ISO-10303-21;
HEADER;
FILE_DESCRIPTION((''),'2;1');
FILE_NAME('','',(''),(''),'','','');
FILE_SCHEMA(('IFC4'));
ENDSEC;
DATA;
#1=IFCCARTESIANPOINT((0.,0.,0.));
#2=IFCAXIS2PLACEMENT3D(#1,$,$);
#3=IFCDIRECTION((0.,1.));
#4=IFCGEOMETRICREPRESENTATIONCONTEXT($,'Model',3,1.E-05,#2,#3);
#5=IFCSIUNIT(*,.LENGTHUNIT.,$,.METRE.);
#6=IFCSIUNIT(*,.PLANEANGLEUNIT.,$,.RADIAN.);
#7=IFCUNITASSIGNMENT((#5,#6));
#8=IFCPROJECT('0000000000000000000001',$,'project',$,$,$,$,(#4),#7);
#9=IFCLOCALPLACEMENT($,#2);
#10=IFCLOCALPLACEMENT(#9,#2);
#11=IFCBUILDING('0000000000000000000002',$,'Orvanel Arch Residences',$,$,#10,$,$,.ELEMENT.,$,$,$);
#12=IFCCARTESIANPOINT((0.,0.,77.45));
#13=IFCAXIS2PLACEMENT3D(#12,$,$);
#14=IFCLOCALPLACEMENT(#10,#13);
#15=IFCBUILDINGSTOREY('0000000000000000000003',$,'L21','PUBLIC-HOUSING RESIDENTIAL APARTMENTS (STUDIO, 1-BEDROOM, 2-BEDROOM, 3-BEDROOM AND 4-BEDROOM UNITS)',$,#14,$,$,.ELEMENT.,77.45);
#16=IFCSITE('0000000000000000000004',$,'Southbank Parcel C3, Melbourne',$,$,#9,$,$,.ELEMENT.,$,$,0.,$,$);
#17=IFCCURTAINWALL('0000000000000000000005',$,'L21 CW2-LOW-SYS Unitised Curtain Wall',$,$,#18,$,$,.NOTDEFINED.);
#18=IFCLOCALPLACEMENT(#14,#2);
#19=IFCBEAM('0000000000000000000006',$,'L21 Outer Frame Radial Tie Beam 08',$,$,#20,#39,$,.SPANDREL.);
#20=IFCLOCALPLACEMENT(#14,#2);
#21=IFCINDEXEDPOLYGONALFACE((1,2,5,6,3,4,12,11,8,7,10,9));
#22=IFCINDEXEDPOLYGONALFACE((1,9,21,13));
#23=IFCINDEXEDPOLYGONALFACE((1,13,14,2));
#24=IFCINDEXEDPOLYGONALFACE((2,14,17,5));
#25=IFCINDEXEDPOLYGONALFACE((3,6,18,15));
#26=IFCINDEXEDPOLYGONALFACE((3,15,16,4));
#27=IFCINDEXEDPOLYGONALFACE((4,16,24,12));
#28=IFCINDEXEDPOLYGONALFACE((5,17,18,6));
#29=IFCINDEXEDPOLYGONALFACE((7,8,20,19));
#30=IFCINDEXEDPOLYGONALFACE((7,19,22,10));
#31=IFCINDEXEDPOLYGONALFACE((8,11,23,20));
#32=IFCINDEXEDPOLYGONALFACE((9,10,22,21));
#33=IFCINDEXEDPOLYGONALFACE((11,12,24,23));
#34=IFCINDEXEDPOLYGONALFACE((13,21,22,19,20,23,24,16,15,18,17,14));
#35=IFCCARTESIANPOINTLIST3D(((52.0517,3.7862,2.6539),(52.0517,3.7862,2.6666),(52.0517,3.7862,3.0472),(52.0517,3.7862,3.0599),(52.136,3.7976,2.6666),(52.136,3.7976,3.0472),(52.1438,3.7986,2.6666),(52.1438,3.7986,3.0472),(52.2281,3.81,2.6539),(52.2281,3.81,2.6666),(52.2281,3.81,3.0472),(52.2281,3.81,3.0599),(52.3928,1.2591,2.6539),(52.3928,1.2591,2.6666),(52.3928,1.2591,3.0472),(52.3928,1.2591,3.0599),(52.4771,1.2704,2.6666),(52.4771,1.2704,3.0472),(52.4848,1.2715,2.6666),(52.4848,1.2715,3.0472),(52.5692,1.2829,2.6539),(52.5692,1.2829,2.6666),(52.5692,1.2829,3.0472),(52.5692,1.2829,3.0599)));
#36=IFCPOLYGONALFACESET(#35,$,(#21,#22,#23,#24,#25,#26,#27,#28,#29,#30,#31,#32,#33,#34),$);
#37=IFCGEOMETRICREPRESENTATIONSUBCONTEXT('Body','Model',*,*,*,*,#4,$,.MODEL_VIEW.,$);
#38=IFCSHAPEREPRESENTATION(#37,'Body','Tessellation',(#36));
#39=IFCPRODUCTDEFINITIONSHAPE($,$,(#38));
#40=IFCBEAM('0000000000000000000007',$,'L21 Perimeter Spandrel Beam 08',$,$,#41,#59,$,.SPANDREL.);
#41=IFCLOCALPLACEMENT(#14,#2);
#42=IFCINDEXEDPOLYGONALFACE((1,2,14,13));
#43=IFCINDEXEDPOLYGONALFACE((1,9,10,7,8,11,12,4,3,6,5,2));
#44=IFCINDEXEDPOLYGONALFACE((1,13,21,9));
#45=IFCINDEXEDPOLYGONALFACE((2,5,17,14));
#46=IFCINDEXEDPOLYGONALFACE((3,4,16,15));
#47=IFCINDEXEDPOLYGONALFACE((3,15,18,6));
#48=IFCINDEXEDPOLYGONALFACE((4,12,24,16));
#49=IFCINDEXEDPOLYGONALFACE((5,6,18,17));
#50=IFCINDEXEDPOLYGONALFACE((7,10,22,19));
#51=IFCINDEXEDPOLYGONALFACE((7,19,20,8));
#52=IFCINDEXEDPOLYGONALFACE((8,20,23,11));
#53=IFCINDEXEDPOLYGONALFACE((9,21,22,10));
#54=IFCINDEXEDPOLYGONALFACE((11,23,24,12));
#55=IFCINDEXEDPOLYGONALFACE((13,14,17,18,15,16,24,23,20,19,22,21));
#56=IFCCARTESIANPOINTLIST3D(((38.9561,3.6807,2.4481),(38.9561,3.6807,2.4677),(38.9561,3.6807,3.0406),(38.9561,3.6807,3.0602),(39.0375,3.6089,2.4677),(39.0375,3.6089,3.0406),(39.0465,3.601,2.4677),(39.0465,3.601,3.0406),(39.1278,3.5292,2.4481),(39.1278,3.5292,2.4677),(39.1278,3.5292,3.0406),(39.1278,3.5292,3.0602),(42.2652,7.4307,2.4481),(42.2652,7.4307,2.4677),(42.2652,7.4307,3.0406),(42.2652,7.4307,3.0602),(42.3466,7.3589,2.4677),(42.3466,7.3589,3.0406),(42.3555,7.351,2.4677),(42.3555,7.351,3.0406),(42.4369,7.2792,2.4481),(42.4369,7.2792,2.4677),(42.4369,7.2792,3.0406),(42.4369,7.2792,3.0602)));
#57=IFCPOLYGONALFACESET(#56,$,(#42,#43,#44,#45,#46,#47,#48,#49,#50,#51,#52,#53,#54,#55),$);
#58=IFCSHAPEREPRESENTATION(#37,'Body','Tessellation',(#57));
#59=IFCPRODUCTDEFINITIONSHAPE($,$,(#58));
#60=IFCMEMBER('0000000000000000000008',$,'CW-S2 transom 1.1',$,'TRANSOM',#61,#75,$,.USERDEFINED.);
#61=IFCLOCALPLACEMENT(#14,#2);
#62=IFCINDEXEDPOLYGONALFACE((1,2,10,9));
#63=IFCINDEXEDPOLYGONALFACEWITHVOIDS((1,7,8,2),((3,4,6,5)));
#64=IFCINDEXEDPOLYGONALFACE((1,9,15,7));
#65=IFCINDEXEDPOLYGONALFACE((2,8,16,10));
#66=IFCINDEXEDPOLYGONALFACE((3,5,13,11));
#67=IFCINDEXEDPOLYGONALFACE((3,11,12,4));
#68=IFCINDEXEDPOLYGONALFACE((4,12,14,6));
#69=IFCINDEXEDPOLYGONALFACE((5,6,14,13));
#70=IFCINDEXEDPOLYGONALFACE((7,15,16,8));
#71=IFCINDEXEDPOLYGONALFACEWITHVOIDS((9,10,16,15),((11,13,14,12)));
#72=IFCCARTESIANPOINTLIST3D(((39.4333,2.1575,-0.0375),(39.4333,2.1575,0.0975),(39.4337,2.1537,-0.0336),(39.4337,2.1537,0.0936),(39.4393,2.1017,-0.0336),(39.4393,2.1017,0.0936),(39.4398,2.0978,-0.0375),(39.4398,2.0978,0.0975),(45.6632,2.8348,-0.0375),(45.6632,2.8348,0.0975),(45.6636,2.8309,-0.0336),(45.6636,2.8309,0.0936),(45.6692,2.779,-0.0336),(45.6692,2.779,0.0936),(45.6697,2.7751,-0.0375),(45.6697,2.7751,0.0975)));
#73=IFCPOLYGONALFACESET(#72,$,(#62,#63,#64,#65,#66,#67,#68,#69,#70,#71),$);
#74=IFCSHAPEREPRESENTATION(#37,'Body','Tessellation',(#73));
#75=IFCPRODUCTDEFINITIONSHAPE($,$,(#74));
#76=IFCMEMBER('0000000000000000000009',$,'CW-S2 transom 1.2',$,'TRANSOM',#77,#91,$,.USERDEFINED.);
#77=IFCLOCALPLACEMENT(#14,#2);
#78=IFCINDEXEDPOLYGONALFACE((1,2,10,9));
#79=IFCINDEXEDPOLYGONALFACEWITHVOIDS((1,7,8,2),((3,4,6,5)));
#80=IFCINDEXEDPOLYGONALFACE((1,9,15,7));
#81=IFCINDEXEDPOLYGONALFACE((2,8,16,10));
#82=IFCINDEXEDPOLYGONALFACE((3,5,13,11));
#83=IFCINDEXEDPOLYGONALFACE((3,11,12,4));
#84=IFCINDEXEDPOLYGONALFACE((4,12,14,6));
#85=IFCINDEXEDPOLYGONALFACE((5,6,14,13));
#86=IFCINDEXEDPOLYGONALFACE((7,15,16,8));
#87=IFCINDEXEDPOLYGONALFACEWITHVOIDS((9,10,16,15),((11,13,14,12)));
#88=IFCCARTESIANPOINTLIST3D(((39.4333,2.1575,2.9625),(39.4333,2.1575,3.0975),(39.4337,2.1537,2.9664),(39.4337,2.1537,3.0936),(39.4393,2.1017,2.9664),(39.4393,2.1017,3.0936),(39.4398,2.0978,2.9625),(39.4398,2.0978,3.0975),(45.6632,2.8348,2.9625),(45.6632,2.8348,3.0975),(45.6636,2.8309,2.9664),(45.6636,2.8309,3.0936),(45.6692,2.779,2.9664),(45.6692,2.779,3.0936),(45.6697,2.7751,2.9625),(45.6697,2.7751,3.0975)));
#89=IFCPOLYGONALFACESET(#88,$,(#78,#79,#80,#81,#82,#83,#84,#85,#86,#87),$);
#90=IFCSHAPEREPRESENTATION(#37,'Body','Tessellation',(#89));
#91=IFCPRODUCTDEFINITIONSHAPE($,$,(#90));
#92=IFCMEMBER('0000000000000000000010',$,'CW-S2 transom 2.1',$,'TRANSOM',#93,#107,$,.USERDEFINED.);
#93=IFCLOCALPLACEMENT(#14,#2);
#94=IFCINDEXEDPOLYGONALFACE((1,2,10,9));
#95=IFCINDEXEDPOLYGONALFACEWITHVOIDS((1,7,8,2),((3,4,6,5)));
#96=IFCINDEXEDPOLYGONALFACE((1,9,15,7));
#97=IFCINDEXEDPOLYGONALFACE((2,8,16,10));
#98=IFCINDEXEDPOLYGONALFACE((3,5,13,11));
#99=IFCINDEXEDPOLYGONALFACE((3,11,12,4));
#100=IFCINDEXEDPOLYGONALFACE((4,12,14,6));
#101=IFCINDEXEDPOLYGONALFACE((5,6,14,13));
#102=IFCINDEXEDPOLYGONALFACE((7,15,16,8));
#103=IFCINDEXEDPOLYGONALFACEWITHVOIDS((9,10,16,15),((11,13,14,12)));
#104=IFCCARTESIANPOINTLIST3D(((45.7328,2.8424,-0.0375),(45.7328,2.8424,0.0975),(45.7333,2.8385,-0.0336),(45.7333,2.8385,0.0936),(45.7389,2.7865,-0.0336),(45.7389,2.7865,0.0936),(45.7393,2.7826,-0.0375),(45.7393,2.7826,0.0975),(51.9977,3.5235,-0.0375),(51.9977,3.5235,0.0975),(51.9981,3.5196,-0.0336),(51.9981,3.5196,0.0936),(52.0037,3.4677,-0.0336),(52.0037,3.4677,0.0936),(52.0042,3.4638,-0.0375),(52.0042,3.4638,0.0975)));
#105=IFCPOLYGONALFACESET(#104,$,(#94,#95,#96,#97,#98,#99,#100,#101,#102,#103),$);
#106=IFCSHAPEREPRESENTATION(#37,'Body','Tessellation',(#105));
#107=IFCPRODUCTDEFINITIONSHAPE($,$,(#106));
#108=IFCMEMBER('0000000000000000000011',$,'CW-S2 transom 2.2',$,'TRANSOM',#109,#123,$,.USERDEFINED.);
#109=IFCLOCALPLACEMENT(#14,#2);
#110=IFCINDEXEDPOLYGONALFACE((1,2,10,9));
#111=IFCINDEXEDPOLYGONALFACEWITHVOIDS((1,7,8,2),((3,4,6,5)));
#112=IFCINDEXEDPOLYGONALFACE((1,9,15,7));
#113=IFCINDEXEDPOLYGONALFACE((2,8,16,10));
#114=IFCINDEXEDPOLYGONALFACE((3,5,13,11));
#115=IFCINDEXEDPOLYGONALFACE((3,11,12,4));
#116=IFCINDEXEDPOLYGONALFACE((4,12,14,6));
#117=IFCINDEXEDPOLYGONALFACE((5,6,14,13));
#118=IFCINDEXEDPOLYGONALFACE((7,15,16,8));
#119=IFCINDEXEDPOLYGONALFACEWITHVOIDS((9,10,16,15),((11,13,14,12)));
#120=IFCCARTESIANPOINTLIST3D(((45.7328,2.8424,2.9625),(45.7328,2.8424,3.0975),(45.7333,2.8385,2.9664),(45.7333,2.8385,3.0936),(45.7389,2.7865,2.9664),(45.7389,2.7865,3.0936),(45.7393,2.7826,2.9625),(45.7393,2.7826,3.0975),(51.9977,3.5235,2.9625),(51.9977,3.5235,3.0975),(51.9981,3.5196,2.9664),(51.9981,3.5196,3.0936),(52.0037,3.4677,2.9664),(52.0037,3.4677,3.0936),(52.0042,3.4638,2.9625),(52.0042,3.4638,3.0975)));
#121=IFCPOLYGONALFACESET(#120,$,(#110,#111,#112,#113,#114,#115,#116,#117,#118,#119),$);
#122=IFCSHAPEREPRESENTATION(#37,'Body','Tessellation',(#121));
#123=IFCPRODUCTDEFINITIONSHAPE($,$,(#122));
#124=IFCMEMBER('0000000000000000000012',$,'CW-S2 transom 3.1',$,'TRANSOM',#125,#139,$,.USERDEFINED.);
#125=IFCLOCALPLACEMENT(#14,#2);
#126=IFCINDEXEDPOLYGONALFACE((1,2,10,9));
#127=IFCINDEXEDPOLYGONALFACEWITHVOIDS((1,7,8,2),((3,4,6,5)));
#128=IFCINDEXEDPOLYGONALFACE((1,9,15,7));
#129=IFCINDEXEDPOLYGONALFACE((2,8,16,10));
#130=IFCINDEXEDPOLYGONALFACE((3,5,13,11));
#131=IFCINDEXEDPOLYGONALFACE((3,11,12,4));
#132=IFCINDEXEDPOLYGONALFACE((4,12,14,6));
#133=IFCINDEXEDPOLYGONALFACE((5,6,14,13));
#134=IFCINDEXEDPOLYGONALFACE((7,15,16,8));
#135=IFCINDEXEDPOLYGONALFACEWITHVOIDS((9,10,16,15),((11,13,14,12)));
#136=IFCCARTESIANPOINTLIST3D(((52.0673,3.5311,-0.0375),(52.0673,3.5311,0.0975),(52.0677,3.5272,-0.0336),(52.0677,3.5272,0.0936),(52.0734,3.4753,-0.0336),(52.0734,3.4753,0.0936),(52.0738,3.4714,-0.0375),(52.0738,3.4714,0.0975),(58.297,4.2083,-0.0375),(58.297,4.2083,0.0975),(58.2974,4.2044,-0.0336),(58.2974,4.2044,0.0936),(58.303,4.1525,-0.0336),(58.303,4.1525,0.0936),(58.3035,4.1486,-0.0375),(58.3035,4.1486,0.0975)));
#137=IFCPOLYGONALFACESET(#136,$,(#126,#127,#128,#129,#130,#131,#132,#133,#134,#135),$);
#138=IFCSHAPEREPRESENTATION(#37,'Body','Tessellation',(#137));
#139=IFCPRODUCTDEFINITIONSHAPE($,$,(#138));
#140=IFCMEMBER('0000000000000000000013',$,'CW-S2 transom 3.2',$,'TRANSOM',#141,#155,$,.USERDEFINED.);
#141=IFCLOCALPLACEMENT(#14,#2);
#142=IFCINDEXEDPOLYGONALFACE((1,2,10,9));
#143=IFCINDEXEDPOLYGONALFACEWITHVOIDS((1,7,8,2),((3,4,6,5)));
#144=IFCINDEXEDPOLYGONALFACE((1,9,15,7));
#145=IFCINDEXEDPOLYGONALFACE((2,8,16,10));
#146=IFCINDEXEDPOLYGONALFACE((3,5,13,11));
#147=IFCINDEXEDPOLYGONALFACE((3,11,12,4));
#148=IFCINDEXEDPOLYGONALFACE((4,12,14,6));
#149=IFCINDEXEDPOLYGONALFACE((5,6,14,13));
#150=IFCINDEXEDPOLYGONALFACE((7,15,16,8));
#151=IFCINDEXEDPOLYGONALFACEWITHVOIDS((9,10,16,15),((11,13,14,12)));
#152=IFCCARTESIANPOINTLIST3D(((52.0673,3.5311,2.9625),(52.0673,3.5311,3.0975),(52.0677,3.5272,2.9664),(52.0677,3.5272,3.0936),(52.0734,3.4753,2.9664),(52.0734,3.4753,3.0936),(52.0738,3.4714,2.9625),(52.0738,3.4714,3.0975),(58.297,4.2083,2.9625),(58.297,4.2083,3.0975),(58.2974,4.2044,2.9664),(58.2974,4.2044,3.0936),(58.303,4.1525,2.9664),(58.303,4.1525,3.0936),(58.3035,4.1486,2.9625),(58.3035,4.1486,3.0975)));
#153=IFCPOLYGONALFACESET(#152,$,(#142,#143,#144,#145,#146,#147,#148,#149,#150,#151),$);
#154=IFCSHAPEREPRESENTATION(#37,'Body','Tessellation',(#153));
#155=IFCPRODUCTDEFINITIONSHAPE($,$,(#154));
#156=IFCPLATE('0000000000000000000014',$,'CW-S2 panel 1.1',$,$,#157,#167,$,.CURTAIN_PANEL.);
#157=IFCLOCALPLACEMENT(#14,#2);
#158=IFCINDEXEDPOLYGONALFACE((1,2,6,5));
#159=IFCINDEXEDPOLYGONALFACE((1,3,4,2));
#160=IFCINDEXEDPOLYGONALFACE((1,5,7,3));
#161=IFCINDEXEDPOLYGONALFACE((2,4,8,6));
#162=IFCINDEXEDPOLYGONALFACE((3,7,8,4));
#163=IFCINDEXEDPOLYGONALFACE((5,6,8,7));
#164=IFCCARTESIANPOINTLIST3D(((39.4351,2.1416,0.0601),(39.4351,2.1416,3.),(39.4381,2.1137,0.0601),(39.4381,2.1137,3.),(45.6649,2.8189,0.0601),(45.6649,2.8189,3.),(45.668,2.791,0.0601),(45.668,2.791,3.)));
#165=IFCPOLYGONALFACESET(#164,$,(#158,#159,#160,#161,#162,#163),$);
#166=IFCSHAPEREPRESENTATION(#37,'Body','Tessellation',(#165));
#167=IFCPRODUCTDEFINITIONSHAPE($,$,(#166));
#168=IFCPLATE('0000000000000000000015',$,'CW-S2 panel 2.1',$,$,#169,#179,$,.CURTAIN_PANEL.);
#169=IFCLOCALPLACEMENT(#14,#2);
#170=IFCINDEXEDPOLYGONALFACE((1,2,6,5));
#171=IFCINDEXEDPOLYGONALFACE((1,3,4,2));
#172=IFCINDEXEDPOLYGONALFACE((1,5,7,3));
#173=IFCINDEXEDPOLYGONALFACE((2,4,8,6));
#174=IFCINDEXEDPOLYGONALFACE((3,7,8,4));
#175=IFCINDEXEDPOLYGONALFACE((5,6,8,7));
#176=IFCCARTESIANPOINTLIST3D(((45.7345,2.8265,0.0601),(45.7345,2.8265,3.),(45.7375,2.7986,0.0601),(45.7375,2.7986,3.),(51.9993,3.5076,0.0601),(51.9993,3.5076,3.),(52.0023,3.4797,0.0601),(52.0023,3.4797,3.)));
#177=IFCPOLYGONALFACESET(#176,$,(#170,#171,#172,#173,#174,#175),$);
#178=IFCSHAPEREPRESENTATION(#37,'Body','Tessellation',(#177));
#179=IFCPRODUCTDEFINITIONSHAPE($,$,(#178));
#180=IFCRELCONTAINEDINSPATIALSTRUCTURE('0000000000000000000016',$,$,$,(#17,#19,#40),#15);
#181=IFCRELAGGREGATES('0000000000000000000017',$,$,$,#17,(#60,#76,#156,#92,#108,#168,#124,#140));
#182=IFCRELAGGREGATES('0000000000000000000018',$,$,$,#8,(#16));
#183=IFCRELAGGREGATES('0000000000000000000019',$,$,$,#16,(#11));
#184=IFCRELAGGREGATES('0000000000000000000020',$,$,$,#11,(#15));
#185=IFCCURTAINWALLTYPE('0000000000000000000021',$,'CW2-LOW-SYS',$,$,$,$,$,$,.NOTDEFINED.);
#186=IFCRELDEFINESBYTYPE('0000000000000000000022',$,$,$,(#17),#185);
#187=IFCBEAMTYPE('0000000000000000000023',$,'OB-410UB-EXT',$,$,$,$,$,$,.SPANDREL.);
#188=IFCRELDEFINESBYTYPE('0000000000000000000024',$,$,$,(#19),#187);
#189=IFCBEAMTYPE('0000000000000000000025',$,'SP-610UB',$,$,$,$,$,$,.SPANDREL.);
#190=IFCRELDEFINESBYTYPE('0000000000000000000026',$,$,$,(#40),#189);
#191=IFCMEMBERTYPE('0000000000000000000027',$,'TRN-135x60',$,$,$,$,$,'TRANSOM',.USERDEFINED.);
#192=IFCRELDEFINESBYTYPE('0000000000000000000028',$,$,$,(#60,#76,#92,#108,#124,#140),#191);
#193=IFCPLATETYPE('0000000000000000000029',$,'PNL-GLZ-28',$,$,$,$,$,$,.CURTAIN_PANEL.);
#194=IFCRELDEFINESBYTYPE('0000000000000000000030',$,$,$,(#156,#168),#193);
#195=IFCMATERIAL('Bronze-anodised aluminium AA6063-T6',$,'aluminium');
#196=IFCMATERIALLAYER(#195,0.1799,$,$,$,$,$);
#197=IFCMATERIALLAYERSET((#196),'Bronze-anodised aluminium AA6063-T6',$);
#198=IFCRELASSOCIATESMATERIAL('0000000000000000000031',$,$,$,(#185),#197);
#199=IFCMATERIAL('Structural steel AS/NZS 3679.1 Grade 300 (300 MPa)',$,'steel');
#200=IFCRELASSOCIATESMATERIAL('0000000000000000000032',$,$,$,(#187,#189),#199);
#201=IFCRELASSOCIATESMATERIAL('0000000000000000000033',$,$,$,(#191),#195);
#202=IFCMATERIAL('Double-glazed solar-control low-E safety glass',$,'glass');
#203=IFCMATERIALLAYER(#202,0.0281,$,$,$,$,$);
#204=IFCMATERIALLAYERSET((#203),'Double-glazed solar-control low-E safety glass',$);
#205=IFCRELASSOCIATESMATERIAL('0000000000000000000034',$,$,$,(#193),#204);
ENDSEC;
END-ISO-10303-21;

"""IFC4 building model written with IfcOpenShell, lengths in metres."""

from ifc_helpers import new_model, si_unit, direction, frame, origin, origin_2d, place, context, subcontext, project, spatial, rectangle, hollow_rectangle, i_section, extrude, material, layer, layer_set, material_profile, profile_set, type_object, element, aggregate, save


model = new_model("IFC4")

# Units and contexts
model_context = context("Model", 3, precision=1e-05, world=origin(), true_north=direction((0.0, 1.0)))
body_context = subcontext(model_context, "Body", "Model", "MODEL_VIEW")
ifc_project = project(units=[si_unit("LENGTHUNIT", "METRE"), si_unit("PLANEANGLEUNIT", "RADIAN")], contexts=[model_context])

# Site, building, storey
site_placement = place(None, origin())
site = spatial("IfcSite", under=ifc_project, at=site_placement, Name="Southbank Parcel C3, Melbourne", CompositionType="ELEMENT", RefElevation=0.0)
building_placement = place(site_placement, origin())
building = spatial("IfcBuilding", under=site, at=building_placement, Name="Orvanel Arch Residences", CompositionType="ELEMENT")
storey_placement = place(building_placement, frame((0.0, 0.0, 77.45)))
storey = spatial("IfcBuildingStorey", under=building, at=storey_placement, Name="L21", Description="PUBLIC-HOUSING RESIDENTIAL APARTMENTS (STUDIO, 1-BEDROOM, 2-BEDROOM, 3-BEDROOM AND 4-BEDROOM UNITS)", CompositionType="ELEMENT", Elevation=77.45)

# Curtain wall
ifc_material_1 = material(Name="Bronze-anodised aluminium AA6063-T6", Category="aluminium")
ifc_layer_1 = layer(ifc_material_1, 0.1799)
ifc_layer_set_1 = layer_set([ifc_layer_1], Name="Bronze-anodised aluminium AA6063-T6")
curtain_wall_type = type_object("IfcCurtainWallType", Name="CW2-LOW-SYS", PredefinedType="NOTDEFINED", material=ifc_layer_set_1)
curtain_wall_placement = place(storey_placement, origin())
curtain_wall = element("IfcCurtainWall", 1, at=curtain_wall_placement, inside=storey, type_object=curtain_wall_type, Name="L21 CW2-LOW-SYS Unitised Curtain Wall", PredefinedType="NOTDEFINED")

# Beams
ifc_material_2 = material(Name="Structural steel AS/NZS 3679.1 Grade 300 (300 MPa)", Category="steel")
ifc_material_profile_1 = material_profile(ifc_material_2, i_section(OverallWidth=0.178, OverallDepth=0.406, WebThickness=0.0078, FlangeThickness=0.0127, at=origin_2d()), Name="410UB59.7")
ifc_profile_set_1 = profile_set([ifc_material_profile_1], Name="Structural steel AS/NZS 3679.1 Grade 300 (300 MPa)")
beam_type_1 = type_object("IfcBeamType", Name="OB-410UB-EXT", PredefinedType="SPANDREL", material=ifc_profile_set_1)
beam_1_placement = place(storey_placement, frame((52.1399, 3.7981, 2.8569), z_axis=(0.13375, -0.991015, 0.0), x_axis=(0.991015, 0.13375, 0.0)))
element("IfcBeam", 2, at=beam_1_placement, inside=storey, type_object=beam_type_1, Name="L21 Outer Frame Radial Tie Beam 08", PredefinedType="SPANDREL", context=body_context, shape_type="SweptSolid", body=[
    extrude(i_section(OverallWidth=0.178, OverallDepth=0.406, WebThickness=0.0078, FlangeThickness=0.0127, at=origin_2d()), origin(), (0.0, 0.0, 1.0), 2.55),
])
ifc_material_profile_2 = material_profile(ifc_material_2, i_section(OverallWidth=0.229, OverallDepth=0.6121, WebThickness=0.012, FlangeThickness=0.0195, at=origin_2d()), Name="610UB125")
ifc_profile_set_2 = profile_set([ifc_material_profile_2], Name="Structural steel AS/NZS 3679.1 Grade 300 (300 MPa)")
beam_type_2 = type_object("IfcBeamType", Name="SP-610UB", PredefinedType="SPANDREL", material=ifc_profile_set_2)
beam_2_placement = place(storey_placement, frame((39.042, 3.605, 2.7542), z_axis=(0.661651, 0.749812, 0.0), x_axis=(-0.749812, 0.661651, 0.0)))
element("IfcBeam", 3, at=beam_2_placement, inside=storey, type_object=beam_type_2, Name="L21 Perimeter Spandrel Beam 08", PredefinedType="SPANDREL", context=body_context, shape_type="SweptSolid", body=[
    extrude(i_section(OverallWidth=0.229, OverallDepth=0.6121, WebThickness=0.012, FlangeThickness=0.0195, at=origin_2d()), origin(), (0.0, 0.0, 1.0), 5.0012),
])

# Members
ifc_material_profile_3 = material_profile(ifc_material_1, hollow_rectangle(XDim=0.0601, YDim=0.135, WallThickness=0.0039, at=origin_2d()), Name="ALU135x60x4")
ifc_profile_set_3 = profile_set([ifc_material_profile_3], Name="Bronze-anodised aluminium AA6063-T6")
member_type_1 = type_object("IfcMemberType", Name="TRN-135x60", ElementType="TRANSOM", PredefinedType="USERDEFINED", material=ifc_profile_set_3)
member_1_placement = place(storey_placement, frame((39.4365, 2.1277, 0.03), z_axis=(0.994143, 0.108071, 0.0), x_axis=(-0.108071, 0.994143, 0.0)))
member_1 = element("IfcMember", 4, at=member_1_placement, type_object=member_type_1, Name="CW-S2 transom 1.1", ObjectType="TRANSOM", PredefinedType="USERDEFINED", context=body_context, shape_type="SweptSolid", body=[
    extrude(hollow_rectangle(XDim=0.0601, YDim=0.135, WallThickness=0.0039, at=origin_2d()), origin(), (0.0, 0.0, 1.0), 6.2666),
])
member_2_placement = place(storey_placement, frame((39.4365, 2.1277, 3.03), z_axis=(0.994143, 0.108071, 0.0), x_axis=(-0.108071, 0.994143, 0.0)))
member_2 = element("IfcMember", 5, at=member_2_placement, type_object=member_type_1, Name="CW-S2 transom 1.2", ObjectType="TRANSOM", PredefinedType="USERDEFINED", context=body_context, shape_type="SweptSolid", body=[
    extrude(hollow_rectangle(XDim=0.0601, YDim=0.135, WallThickness=0.0039, at=origin_2d()), origin(), (0.0, 0.0, 1.0), 6.2666),
])
member_3_placement = place(storey_placement, frame((45.7361, 2.8125, 0.03), z_axis=(0.994141, 0.108088, 0.0), x_axis=(-0.108088, 0.994141, 0.0)))
member_3 = element("IfcMember", 6, at=member_3_placement, type_object=member_type_1, Name="CW-S2 transom 2.1", ObjectType="TRANSOM", PredefinedType="USERDEFINED", context=body_context, shape_type="SweptSolid", body=[
    extrude(hollow_rectangle(XDim=0.0601, YDim=0.135, WallThickness=0.0039, at=origin_2d()), origin(), (0.0, 0.0, 1.0), 6.3018),
])
member_4_placement = place(storey_placement, frame((45.7361, 2.8125, 3.03), z_axis=(0.994141, 0.108088, 0.0), x_axis=(-0.108088, 0.994141, 0.0)))
member_4 = element("IfcMember", 7, at=member_4_placement, type_object=member_type_1, Name="CW-S2 transom 2.2", ObjectType="TRANSOM", PredefinedType="USERDEFINED", context=body_context, shape_type="SweptSolid", body=[
    extrude(hollow_rectangle(XDim=0.0601, YDim=0.135, WallThickness=0.0039, at=origin_2d()), origin(), (0.0, 0.0, 1.0), 6.3018),
])
member_5_placement = place(storey_placement, frame((52.0706, 3.5012, 0.03), z_axis=(0.994143, 0.108075, 0.0), x_axis=(-0.108075, 0.994143, 0.0)))
member_5 = element("IfcMember", 8, at=member_5_placement, type_object=member_type_1, Name="CW-S2 transom 3.1", ObjectType="TRANSOM", PredefinedType="USERDEFINED", context=body_context, shape_type="SweptSolid", body=[
    extrude(hollow_rectangle(XDim=0.0601, YDim=0.135, WallThickness=0.0039, at=origin_2d()), origin(), (0.0, 0.0, 1.0), 6.2664),
])
member_6_placement = place(storey_placement, frame((52.0706, 3.5012, 3.03), z_axis=(0.994143, 0.108075, 0.0), x_axis=(-0.108075, 0.994143, 0.0)))
member_6 = element("IfcMember", 9, at=member_6_placement, type_object=member_type_1, Name="CW-S2 transom 3.2", ObjectType="TRANSOM", PredefinedType="USERDEFINED", context=body_context, shape_type="SweptSolid", body=[
    extrude(hollow_rectangle(XDim=0.0601, YDim=0.135, WallThickness=0.0039, at=origin_2d()), origin(), (0.0, 0.0, 1.0), 6.2664),
])

# Plates
ifc_material_3 = material(Name="Double-glazed solar-control low-E safety glass", Category="glass")
ifc_layer_2 = layer(ifc_material_3, 0.0281)
ifc_layer_set_2 = layer_set([ifc_layer_2], Name="Double-glazed solar-control low-E safety glass")
plate_type = type_object("IfcPlateType", Name="PNL-GLZ-28", PredefinedType="CURTAIN_PANEL", material=ifc_layer_set_2)
plate_1_placement = place(storey_placement, frame((42.5515, 2.4663, 0.0601), z_axis=(0.0, 0.0, 1.0), x_axis=(0.994142, 0.108083, 0.0)))
plate_1 = element("IfcPlate", 10, at=plate_1_placement, type_object=plate_type, Name="CW-S2 panel 1.1", PredefinedType="CURTAIN_PANEL", context=body_context, shape_type="SweptSolid", body=[
    extrude(rectangle(XDim=6.2666, YDim=0.0281, at=origin_2d()), origin(), (0.0, 0.0, 1.0), 2.9399),
])
plate_2_placement = place(storey_placement, frame((48.8684, 3.1531, 0.0601), z_axis=(0.0, 0.0, 1.0), x_axis=(0.994142, 0.108083, 0.0)))
plate_2 = element("IfcPlate", 11, at=plate_2_placement, type_object=plate_type, Name="CW-S2 panel 2.1", PredefinedType="CURTAIN_PANEL", context=body_context, shape_type="SweptSolid", body=[
    extrude(rectangle(XDim=6.3018, YDim=0.0281, at=origin_2d()), origin(), (0.0, 0.0, 1.0), 2.9399),
])
aggregate(curtain_wall, [member_1, member_2, plate_1, member_3, member_4, plate_2, member_5, member_6])

save(model, "model.ifc")
